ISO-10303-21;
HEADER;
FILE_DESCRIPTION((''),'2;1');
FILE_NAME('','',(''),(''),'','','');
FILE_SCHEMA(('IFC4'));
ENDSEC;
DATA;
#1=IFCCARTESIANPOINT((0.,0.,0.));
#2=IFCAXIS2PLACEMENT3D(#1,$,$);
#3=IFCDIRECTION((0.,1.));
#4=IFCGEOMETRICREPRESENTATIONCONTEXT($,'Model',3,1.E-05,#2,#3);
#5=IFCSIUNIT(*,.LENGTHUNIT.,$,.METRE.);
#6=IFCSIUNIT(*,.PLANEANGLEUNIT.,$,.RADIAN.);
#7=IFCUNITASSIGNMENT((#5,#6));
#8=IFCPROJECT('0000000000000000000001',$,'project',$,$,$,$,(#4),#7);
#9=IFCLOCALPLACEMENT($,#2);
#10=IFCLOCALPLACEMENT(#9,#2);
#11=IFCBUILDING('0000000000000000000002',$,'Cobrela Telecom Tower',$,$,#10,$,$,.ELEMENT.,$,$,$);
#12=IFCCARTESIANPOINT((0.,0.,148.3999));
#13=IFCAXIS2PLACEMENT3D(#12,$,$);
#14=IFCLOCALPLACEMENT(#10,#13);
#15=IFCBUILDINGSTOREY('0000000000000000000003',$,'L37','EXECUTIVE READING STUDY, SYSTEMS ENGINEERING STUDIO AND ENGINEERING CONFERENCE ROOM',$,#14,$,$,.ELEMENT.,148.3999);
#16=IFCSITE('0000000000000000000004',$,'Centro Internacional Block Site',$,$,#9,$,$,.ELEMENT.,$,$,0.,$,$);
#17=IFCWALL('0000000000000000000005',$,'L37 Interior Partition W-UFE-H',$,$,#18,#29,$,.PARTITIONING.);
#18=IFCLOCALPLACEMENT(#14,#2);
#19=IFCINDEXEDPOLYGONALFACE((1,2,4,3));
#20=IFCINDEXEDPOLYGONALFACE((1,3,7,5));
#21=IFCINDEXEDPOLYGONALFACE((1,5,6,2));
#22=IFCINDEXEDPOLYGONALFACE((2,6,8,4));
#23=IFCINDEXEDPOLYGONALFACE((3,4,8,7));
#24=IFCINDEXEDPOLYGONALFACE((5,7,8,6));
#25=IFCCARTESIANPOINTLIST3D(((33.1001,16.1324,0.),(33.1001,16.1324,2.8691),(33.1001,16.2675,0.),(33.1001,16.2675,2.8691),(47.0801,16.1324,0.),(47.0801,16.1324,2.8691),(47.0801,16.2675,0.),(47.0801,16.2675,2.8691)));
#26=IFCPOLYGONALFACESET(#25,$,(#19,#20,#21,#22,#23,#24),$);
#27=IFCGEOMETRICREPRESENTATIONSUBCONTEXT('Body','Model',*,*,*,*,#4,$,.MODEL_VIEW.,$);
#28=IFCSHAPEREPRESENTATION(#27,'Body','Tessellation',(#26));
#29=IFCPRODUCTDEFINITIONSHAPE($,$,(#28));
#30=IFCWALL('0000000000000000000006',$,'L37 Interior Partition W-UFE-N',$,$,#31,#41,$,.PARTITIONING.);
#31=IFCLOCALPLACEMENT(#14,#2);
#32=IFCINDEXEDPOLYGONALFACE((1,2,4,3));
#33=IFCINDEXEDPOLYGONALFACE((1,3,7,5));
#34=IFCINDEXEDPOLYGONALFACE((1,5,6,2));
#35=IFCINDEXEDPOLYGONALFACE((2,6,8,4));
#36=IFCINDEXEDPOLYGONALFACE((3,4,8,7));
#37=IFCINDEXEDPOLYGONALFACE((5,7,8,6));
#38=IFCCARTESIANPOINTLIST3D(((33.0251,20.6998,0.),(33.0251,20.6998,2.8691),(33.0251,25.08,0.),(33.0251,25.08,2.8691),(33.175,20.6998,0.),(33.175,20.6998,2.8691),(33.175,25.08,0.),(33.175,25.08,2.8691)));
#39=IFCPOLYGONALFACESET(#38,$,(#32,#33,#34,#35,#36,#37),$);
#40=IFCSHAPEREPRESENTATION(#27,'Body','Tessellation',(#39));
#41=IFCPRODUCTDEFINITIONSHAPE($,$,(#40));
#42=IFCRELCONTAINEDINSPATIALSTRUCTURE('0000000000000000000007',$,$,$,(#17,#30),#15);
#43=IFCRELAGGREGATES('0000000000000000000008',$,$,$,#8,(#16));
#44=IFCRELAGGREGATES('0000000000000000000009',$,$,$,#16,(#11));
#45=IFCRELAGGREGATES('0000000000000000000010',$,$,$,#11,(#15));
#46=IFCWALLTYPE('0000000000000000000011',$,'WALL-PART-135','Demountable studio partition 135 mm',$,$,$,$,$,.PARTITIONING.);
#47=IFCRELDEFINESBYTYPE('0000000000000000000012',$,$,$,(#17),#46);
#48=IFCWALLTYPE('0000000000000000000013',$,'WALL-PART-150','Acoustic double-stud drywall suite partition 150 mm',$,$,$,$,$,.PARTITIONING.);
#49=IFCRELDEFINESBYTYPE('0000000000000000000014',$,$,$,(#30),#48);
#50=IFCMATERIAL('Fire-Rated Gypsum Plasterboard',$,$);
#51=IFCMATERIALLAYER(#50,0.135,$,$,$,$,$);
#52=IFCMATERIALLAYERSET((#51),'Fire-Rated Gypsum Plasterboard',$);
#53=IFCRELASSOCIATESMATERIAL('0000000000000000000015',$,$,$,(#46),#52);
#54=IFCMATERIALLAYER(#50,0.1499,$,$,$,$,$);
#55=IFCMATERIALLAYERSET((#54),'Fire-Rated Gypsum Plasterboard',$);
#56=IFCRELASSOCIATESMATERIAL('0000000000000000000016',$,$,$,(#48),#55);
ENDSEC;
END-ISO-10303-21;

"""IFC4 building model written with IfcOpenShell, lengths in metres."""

from ifc_helpers import new_model, si_unit, direction, frame, frame_2d, origin, place, context, subcontext, project, spatial, rectangle, extrude, material, layer, layer_set, type_object, element, save


model = new_model("IFC4")

# Units and contexts
model_context = context("Model", 3, precision=1e-05, world=origin(), true_north=direction((0.0, 1.0)))
body_context = subcontext(model_context, "Body", "Model", "MODEL_VIEW")
ifc_project = project(units=[si_unit("LENGTHUNIT", "METRE"), si_unit("PLANEANGLEUNIT", "RADIAN")], contexts=[model_context])

# Site, building, storey
site_placement = place(None, origin())
site = spatial("IfcSite", under=ifc_project, at=site_placement, Name="Centro Internacional Block Site", CompositionType="ELEMENT", RefElevation=0.0)
building_placement = place(site_placement, origin())
building = spatial("IfcBuilding", under=site, at=building_placement, Name="Cobrela Telecom Tower", CompositionType="ELEMENT")
storey_placement = place(building_placement, frame((0.0, 0.0, 148.3999)))
storey = spatial("IfcBuildingStorey", under=building, at=storey_placement, Name="L37", Description="EXECUTIVE READING STUDY, SYSTEMS ENGINEERING STUDIO AND ENGINEERING CONFERENCE ROOM", CompositionType="ELEMENT", Elevation=148.3999)

# Walls
ifc_material_1 = material(Name="Fire-Rated Gypsum Plasterboard")
ifc_layer_1 = layer(ifc_material_1, 0.135)
ifc_layer_set_1 = layer_set([ifc_layer_1], Name="Fire-Rated Gypsum Plasterboard")
wall_type_1 = type_object("IfcWallType", Name="WALL-PART-135", Description="Demountable studio partition 135 mm", PredefinedType="PARTITIONING", material=ifc_layer_set_1)
wall_1_placement = place(storey_placement, frame((33.1001, 16.2, 0.0), z_axis=(0.0, 0.0, 1.0), x_axis=(1.0, 0.0, 0.0)))
element("IfcWall", 1, at=wall_1_placement, inside=storey, type_object=wall_type_1, Name="L37 Interior Partition W-UFE-H", PredefinedType="PARTITIONING", context=body_context, shape_type="SweptSolid", body=[
    extrude(rectangle(XDim=13.98, YDim=0.135, at=frame_2d((6.99, 0.0))), origin(), (0.0, 0.0, 1.0), 2.8691),
])
ifc_layer_2 = layer(ifc_material_1, 0.1499)
ifc_layer_set_2 = layer_set([ifc_layer_2], Name="Fire-Rated Gypsum Plasterboard")
wall_type_2 = type_object("IfcWallType", Name="WALL-PART-150", Description="Acoustic double-stud drywall suite partition 150 mm", PredefinedType="PARTITIONING", material=ifc_layer_set_2)
wall_2_placement = place(storey_placement, frame((33.1001, 20.7, 0.0), z_axis=(0.0, 0.0, 1.0), x_axis=(0.0, 1.0, 0.0)))
element("IfcWall", 2, at=wall_2_placement, inside=storey, type_object=wall_type_2, Name="L37 Interior Partition W-UFE-N", PredefinedType="PARTITIONING", context=body_context, shape_type="SweptSolid", body=[
    extrude(rectangle(XDim=4.3801, YDim=0.1499, at=frame_2d((2.1899, 0.0))), origin(), (0.0, 0.0, 1.0), 2.8691),
])

save(model, "model.ifc")
